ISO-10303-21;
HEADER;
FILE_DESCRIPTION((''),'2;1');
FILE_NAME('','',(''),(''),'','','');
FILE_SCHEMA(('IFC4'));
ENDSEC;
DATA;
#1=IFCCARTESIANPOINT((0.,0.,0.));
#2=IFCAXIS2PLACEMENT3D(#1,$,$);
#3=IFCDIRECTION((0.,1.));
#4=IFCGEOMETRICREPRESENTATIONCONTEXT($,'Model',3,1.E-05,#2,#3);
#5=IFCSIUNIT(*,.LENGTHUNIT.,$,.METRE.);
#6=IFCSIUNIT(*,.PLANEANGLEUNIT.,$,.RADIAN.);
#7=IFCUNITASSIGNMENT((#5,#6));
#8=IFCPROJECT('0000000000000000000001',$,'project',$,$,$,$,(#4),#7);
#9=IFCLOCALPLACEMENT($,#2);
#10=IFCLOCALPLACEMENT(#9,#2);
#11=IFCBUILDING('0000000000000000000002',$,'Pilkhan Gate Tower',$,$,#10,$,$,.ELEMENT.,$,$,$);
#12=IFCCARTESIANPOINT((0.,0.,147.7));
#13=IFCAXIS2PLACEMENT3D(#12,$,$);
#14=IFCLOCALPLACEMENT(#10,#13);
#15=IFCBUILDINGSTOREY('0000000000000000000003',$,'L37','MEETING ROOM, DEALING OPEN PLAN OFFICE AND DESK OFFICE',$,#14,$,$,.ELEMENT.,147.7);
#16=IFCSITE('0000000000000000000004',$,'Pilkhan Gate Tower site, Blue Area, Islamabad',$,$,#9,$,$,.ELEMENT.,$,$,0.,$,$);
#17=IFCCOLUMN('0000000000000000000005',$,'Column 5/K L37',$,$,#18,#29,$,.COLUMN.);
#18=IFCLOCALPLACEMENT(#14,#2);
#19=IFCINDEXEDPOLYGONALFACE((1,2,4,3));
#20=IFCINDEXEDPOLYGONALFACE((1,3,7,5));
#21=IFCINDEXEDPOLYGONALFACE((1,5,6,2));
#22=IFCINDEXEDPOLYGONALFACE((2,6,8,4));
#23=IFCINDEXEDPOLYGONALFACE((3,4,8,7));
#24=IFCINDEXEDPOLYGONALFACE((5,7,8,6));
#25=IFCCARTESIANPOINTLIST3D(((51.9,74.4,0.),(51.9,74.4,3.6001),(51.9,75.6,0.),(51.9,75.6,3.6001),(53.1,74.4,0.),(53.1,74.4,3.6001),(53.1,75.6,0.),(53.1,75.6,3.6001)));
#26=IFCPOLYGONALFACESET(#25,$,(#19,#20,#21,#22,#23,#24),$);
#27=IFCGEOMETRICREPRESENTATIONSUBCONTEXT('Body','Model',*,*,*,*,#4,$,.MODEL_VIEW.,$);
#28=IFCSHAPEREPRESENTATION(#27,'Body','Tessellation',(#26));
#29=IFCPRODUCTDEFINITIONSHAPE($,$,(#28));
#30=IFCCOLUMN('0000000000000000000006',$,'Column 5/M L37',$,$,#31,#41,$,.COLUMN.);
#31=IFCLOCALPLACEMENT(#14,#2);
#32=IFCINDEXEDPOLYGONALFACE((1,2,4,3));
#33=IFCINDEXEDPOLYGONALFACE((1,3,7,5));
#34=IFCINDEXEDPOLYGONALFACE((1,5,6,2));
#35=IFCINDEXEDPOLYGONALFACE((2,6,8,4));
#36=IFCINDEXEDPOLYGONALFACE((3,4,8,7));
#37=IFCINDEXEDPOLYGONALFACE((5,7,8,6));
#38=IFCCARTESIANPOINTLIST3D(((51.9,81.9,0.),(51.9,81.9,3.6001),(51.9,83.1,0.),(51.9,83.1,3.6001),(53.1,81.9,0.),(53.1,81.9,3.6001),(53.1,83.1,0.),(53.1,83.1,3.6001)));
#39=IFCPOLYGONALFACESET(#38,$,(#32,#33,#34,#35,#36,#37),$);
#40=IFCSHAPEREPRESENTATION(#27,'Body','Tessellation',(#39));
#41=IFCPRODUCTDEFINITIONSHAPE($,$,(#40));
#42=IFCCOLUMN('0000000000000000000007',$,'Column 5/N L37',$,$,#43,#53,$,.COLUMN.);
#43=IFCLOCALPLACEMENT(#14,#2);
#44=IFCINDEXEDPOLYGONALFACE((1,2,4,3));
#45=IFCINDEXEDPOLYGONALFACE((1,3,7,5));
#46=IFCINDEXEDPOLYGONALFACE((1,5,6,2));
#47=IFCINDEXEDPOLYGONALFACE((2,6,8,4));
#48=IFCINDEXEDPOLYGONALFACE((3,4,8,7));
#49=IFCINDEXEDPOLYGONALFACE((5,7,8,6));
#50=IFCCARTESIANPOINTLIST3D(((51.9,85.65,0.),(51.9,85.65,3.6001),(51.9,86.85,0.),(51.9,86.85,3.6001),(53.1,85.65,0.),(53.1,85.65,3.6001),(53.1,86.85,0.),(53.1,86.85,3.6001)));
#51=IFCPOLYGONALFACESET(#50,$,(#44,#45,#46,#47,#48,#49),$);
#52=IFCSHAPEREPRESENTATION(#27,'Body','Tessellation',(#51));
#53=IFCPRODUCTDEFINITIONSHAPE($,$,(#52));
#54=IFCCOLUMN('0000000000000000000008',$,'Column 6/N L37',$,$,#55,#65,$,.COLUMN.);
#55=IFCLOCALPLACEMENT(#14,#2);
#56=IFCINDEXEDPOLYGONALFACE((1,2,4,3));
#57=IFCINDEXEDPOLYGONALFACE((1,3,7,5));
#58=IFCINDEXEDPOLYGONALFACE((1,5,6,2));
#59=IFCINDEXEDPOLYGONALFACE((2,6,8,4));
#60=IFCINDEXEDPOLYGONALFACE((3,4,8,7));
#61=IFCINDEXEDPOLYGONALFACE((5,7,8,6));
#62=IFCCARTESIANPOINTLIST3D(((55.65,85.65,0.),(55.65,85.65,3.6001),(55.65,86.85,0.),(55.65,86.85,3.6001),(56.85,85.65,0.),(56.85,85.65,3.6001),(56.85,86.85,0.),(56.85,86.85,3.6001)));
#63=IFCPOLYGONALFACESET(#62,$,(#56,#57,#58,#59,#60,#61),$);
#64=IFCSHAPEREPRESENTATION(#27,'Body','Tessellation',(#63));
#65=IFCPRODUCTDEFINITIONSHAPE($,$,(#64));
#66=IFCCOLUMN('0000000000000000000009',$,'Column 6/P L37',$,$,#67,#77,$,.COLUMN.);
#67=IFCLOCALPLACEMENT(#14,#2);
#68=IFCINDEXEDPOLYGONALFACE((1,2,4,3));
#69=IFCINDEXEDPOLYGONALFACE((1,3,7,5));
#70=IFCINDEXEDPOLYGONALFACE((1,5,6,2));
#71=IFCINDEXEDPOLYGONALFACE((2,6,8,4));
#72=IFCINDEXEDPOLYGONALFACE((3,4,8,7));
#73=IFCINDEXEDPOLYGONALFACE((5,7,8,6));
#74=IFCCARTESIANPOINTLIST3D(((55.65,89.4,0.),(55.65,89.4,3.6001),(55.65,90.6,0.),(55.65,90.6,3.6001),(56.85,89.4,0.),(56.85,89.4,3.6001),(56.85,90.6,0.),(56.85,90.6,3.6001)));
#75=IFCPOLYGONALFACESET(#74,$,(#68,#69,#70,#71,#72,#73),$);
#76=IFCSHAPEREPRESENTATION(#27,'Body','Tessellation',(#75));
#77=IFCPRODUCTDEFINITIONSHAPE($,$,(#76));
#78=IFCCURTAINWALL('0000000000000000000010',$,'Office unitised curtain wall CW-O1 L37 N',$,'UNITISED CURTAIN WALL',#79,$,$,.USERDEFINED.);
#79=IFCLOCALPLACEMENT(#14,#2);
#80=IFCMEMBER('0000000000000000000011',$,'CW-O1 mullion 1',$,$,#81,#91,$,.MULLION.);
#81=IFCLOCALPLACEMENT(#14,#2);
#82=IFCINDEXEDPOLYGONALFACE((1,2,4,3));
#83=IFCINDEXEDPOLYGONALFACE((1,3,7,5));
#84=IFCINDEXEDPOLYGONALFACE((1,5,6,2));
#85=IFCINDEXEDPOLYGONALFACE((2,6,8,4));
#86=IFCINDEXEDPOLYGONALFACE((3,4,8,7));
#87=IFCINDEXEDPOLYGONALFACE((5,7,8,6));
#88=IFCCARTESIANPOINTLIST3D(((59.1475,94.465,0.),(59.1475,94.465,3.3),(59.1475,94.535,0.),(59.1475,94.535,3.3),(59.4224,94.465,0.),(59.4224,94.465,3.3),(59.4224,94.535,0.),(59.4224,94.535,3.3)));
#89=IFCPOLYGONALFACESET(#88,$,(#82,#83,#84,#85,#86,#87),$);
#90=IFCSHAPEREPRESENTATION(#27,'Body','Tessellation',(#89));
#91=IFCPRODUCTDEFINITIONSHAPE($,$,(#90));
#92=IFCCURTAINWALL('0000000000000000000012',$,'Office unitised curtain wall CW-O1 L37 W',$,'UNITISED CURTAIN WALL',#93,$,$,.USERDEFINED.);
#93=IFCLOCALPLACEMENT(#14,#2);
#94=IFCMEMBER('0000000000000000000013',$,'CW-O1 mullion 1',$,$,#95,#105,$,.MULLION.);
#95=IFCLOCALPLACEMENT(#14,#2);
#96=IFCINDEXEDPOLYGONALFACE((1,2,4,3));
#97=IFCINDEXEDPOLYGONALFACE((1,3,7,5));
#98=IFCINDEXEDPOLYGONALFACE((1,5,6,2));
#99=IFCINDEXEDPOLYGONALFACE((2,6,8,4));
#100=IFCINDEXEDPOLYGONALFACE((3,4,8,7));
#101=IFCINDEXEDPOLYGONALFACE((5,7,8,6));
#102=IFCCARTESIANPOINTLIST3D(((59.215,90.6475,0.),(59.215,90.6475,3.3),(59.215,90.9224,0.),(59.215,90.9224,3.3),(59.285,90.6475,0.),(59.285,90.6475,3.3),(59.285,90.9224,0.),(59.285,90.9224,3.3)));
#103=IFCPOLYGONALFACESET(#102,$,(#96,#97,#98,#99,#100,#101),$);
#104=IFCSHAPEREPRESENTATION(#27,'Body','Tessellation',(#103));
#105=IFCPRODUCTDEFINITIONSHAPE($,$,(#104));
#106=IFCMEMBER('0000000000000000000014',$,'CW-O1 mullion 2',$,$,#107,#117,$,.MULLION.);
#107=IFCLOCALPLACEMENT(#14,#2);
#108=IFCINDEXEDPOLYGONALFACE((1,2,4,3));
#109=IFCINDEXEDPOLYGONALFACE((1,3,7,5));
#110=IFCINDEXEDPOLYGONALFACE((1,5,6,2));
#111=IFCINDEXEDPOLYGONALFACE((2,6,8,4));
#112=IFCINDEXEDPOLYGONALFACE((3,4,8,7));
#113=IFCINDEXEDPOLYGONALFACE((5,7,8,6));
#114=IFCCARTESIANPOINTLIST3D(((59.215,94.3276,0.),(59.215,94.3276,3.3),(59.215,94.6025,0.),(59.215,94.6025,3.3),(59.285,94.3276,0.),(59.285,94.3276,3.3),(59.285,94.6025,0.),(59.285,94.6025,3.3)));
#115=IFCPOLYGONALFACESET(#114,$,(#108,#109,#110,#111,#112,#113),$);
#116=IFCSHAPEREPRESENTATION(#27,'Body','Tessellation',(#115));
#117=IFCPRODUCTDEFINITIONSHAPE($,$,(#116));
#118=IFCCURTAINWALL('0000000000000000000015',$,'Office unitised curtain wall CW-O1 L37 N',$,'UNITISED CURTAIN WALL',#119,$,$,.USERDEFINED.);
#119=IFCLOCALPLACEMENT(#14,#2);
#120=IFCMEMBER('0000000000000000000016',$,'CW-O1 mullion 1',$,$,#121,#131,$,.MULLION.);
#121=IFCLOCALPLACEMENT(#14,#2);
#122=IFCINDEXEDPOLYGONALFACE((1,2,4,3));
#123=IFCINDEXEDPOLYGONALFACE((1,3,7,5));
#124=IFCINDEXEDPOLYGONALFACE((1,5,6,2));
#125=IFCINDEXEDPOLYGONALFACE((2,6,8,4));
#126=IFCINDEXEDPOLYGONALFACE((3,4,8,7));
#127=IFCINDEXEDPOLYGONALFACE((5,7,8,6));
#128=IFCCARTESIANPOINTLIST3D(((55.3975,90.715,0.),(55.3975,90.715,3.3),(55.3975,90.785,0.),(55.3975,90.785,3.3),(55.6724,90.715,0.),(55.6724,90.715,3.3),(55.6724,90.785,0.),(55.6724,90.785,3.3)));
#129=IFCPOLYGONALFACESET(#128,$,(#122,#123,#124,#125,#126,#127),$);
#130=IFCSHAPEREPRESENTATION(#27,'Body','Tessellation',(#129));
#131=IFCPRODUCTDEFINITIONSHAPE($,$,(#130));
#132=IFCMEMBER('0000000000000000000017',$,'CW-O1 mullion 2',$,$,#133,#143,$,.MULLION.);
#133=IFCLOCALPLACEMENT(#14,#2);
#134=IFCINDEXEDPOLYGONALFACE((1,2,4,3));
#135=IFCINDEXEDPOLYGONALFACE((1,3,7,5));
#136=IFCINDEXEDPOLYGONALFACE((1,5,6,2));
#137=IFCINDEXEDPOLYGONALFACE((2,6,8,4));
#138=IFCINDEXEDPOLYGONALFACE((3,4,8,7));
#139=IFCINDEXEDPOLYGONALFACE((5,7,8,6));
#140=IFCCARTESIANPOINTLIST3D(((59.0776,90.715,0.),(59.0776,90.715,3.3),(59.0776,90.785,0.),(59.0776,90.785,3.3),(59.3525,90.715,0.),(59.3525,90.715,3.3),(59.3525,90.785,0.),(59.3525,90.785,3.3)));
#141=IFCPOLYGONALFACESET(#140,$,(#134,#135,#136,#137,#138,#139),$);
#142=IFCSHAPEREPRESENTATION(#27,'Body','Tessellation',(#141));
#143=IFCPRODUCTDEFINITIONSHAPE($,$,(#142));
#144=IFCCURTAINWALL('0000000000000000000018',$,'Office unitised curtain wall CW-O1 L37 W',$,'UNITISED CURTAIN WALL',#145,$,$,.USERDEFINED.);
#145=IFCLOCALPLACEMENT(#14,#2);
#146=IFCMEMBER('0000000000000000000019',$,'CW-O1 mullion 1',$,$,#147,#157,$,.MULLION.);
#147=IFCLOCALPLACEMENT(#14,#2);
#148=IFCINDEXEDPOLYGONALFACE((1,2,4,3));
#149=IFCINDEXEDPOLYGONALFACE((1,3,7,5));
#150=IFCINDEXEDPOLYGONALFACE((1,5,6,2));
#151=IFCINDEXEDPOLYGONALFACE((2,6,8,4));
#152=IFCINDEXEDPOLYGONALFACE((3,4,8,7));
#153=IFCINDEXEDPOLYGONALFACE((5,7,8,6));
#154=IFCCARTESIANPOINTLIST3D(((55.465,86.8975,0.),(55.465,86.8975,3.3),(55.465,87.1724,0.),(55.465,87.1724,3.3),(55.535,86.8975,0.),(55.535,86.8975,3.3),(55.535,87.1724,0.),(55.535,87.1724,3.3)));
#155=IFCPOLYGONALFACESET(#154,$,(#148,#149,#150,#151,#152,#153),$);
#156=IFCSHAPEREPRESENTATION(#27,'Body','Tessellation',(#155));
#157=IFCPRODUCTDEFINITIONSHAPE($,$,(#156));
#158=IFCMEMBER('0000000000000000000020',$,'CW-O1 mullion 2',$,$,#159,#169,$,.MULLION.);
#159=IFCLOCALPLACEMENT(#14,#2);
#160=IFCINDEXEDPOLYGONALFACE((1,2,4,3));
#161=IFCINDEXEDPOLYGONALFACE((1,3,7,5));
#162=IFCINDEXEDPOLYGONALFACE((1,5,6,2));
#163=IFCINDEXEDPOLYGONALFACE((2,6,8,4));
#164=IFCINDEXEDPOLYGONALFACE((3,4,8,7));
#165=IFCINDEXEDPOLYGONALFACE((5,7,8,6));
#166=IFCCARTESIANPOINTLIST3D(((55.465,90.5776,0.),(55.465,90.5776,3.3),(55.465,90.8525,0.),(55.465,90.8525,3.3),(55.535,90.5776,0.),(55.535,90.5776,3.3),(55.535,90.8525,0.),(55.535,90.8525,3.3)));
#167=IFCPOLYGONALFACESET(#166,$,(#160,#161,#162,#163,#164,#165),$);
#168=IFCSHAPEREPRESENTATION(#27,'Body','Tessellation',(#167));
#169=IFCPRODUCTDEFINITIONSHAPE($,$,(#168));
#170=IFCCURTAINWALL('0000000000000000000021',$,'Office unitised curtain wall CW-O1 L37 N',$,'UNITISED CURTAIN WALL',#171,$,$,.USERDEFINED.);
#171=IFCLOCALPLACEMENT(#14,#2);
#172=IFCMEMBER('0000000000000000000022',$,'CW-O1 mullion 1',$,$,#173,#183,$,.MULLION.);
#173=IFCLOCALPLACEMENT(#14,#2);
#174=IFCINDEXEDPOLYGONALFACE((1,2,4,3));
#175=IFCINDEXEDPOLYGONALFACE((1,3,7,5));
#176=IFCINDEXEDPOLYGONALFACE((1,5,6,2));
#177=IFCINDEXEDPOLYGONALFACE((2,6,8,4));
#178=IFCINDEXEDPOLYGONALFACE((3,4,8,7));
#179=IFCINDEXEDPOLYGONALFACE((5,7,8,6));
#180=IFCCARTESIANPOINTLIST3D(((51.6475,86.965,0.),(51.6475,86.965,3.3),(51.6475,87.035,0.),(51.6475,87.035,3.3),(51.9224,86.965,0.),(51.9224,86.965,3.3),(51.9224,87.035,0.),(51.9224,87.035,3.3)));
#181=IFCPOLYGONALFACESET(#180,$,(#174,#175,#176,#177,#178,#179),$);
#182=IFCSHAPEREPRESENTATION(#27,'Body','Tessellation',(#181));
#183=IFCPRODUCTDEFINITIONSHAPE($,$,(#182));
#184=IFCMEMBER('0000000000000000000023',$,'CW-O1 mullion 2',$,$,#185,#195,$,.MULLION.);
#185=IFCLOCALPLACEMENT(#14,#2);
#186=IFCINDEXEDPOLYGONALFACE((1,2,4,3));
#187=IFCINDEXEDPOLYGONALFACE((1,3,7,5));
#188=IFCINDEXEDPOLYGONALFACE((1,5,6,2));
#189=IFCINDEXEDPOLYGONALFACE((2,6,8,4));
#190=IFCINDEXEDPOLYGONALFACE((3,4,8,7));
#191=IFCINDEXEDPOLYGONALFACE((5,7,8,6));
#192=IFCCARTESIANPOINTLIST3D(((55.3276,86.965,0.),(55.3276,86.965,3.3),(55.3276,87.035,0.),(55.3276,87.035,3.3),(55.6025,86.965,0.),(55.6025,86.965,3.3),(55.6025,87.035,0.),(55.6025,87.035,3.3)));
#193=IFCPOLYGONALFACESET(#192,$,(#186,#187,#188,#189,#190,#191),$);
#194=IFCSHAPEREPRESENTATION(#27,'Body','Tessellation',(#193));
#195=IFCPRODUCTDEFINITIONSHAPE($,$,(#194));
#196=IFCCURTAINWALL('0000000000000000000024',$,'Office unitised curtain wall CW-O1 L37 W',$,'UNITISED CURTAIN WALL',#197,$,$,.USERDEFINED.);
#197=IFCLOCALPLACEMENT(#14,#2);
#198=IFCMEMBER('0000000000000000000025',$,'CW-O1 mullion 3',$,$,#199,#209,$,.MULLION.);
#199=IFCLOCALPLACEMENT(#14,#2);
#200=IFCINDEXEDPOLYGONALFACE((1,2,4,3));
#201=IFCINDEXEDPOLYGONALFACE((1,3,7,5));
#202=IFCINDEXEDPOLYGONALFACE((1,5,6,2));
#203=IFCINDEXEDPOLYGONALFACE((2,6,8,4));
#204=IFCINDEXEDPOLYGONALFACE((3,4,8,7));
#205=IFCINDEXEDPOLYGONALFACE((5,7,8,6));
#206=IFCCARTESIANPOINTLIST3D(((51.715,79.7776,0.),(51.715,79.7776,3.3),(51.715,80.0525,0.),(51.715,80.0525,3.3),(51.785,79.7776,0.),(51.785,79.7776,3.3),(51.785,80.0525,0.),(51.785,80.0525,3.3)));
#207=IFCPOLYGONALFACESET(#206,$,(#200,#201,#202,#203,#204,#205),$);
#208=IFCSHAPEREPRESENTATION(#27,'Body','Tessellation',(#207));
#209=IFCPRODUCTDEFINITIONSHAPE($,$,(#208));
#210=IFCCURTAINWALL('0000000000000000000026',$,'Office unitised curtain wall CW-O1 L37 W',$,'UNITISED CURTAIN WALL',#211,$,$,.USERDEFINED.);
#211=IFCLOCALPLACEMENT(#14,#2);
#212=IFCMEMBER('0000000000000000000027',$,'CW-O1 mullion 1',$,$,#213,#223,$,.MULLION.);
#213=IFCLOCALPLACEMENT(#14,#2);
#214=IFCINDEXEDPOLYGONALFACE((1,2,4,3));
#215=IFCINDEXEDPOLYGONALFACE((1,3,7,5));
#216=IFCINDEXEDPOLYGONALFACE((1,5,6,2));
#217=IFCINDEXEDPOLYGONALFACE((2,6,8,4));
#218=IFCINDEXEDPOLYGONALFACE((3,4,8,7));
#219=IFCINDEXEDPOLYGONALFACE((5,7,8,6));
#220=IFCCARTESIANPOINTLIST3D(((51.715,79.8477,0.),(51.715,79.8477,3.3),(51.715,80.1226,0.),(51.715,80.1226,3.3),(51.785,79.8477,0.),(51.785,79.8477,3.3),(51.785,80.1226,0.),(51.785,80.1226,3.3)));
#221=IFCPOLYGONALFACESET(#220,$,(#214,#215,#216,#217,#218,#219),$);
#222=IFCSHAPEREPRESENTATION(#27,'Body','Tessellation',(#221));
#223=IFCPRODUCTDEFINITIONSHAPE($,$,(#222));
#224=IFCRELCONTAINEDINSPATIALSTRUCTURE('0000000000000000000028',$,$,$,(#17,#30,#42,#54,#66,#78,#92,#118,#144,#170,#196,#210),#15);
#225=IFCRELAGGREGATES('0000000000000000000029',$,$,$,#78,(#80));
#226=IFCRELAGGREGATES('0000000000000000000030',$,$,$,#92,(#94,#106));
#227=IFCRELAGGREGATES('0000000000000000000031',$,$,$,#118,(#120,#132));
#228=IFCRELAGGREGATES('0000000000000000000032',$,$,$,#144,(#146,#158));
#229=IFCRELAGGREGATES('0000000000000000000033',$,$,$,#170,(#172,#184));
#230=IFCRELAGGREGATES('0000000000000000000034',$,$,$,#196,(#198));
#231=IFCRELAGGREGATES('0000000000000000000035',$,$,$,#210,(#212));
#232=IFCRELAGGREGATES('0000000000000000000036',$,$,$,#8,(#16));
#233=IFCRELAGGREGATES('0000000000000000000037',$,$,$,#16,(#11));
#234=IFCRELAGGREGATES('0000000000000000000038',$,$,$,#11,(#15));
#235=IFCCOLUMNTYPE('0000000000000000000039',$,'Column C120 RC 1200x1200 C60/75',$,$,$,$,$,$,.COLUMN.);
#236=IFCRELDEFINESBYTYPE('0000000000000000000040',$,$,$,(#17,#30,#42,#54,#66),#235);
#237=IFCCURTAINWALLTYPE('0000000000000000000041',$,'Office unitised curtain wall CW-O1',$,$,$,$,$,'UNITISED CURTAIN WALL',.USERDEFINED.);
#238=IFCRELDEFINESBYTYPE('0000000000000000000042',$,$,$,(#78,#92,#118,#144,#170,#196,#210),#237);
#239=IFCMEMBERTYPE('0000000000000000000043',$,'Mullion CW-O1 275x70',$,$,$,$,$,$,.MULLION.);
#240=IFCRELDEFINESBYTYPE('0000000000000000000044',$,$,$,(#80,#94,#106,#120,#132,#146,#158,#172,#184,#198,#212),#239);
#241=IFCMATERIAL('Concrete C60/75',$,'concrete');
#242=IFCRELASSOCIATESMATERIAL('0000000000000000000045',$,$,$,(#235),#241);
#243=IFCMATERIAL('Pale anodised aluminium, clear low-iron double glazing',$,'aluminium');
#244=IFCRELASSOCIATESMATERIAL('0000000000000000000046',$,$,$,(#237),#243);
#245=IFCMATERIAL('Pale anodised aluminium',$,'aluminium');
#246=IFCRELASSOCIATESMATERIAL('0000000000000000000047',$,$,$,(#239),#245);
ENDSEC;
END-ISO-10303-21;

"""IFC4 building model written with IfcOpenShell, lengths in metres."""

from ifc_helpers import new_model, si_unit, direction, frame, origin, origin_2d, place, context, subcontext, project, spatial, rectangle, extrude, material, material_profile, profile_set, type_object, element, aggregate, save


model = new_model("IFC4")

# Units and contexts
model_context = context("Model", 3, precision=1e-05, world=origin(), true_north=direction((0.0, 1.0)))
body_context = subcontext(model_context, "Body", "Model", "MODEL_VIEW")
ifc_project = project(units=[si_unit("LENGTHUNIT", "METRE"), si_unit("PLANEANGLEUNIT", "RADIAN")], contexts=[model_context])

# Site, building, storey
site_placement = place(None, origin())
site = spatial("IfcSite", under=ifc_project, at=site_placement, Name="Pilkhan Gate Tower site, Blue Area, Islamabad", CompositionType="ELEMENT", RefElevation=0.0)
building_placement = place(site_placement, origin())
building = spatial("IfcBuilding", under=site, at=building_placement, Name="Pilkhan Gate Tower", CompositionType="ELEMENT")
storey_placement = place(building_placement, frame((0.0, 0.0, 147.7)))
storey = spatial("IfcBuildingStorey", under=building, at=storey_placement, Name="L37", Description="MEETING ROOM, DEALING OPEN PLAN OFFICE AND DESK OFFICE", CompositionType="ELEMENT", Elevation=147.7)

# Columns
ifc_material_1 = material(Name="Concrete C60/75", Category="concrete")
ifc_material_profile_1 = material_profile(ifc_material_1, rectangle(XDim=1.2, YDim=1.2, at=origin_2d()), Name="RC 1200x1200")
ifc_profile_set_1 = profile_set([ifc_material_profile_1], Name="Concrete C60/75")
column_type = type_object("IfcColumnType", Name="Column C120 RC 1200x1200 C60/75", PredefinedType="COLUMN", material=ifc_profile_set_1)
for number, where, z_axis, x_axis, name in (
    (1, (52.5, 75.0, 0.0), (0.0, 0.0, 1.0), (1.0, 0.0, 0.0), "Column 5/K L37"),
    (2, (52.5, 82.5, 0.0), (0.0, 0.0, 1.0), (1.0, 0.0, 0.0), "Column 5/M L37"),
    (3, (52.5, 86.25, 0.0), (0.0, 0.0, 1.0), (1.0, 0.0, 0.0), "Column 5/N L37"),
    (4, (56.25, 86.25, 0.0), (0.0, 0.0, 1.0), (1.0, 0.0, 0.0), "Column 6/N L37"),
    (5, (56.25, 90.0, 0.0), (0.0, 0.0, 1.0), (1.0, 0.0, 0.0), "Column 6/P L37"),
):
    element("IfcColumn", number, at=place(storey_placement, frame(where, z_axis=z_axis, x_axis=x_axis)), inside=storey, type_object=column_type, Name=name, PredefinedType="COLUMN", context=body_context, shape_type="SweptSolid", body=[
        extrude(rectangle(XDim=1.2, YDim=1.2, at=origin_2d()), origin(), (0.0, 0.0, 1.0), 3.6001),
    ])

# Curtain wall, member
ifc_material_2 = material(Name="Pale anodised aluminium, clear low-iron double glazing", Category="aluminium")
curtain_wall_type = type_object("IfcCurtainWallType", Name="Office unitised curtain wall CW-O1", ElementType="UNITISED CURTAIN WALL", PredefinedType="USERDEFINED", material=ifc_material_2)
curtain_wall_1_placement = place(storey_placement, origin())
curtain_wall_1 = element("IfcCurtainWall", 6, at=curtain_wall_1_placement, inside=storey, type_object=curtain_wall_type, Name="Office unitised curtain wall CW-O1 L37 N", ObjectType="UNITISED CURTAIN WALL", PredefinedType="USERDEFINED")
ifc_material_3 = material(Name="Pale anodised aluminium", Category="aluminium")
ifc_material_profile_2 = material_profile(ifc_material_3, rectangle(XDim=0.0701, YDim=0.2749, at=origin_2d()), Name="Mullion 275x70")
ifc_profile_set_2 = profile_set([ifc_material_profile_2], Name="Pale anodised aluminium")
member_type_1 = type_object("IfcMemberType", Name="Mullion CW-O1 275x70", PredefinedType="MULLION", material=ifc_profile_set_2)
member_1_placement = place(storey_placement, frame((59.2849, 94.5, 0.0), z_axis=(0.0, 0.0, 1.0), x_axis=(0.0, 1.0, 0.0)))
member_1 = element("IfcMember", 7, at=member_1_placement, type_object=member_type_1, Name="CW-O1 mullion 1", PredefinedType="MULLION", context=body_context, shape_type="SweptSolid", body=[
    extrude(rectangle(XDim=0.0701, YDim=0.2749, at=origin_2d()), origin(), (0.0, 0.0, 1.0), 3.3),
])

# Curtain walls, members
curtain_wall_2_placement = place(storey_placement, origin())
curtain_wall_2 = element("IfcCurtainWall", 8, at=curtain_wall_2_placement, inside=storey, type_object=curtain_wall_type, Name="Office unitised curtain wall CW-O1 L37 W", ObjectType="UNITISED CURTAIN WALL", PredefinedType="USERDEFINED")
member_2_placement = place(storey_placement, frame((59.25, 90.7849, 0.0), z_axis=(0.0, 0.0, 1.0), x_axis=(-1.0, 0.0, 0.0)))
member_2 = element("IfcMember", 9, at=member_2_placement, type_object=member_type_1, Name="CW-O1 mullion 1", PredefinedType="MULLION", context=body_context, shape_type="SweptSolid", body=[
    extrude(rectangle(XDim=0.0701, YDim=0.2749, at=origin_2d()), origin(), (0.0, 0.0, 1.0), 3.3),
])
member_3_placement = place(storey_placement, frame((59.25, 94.4651, 0.0), z_axis=(0.0, 0.0, 1.0), x_axis=(-1.0, 0.0, 0.0)))
member_3 = element("IfcMember", 10, at=member_3_placement, type_object=member_type_1, Name="CW-O1 mullion 2", PredefinedType="MULLION", context=body_context, shape_type="SweptSolid", body=[
    extrude(rectangle(XDim=0.0701, YDim=0.2749, at=origin_2d()), origin(), (0.0, 0.0, 1.0), 3.3),
])
curtain_wall_3_placement = place(storey_placement, origin())
curtain_wall_3 = element("IfcCurtainWall", 11, at=curtain_wall_3_placement, inside=storey, type_object=curtain_wall_type, Name="Office unitised curtain wall CW-O1 L37 N", ObjectType="UNITISED CURTAIN WALL", PredefinedType="USERDEFINED")
member_4_placement = place(storey_placement, frame((55.5349, 90.75, 0.0), z_axis=(0.0, 0.0, 1.0), x_axis=(0.0, 1.0, 0.0)))
member_4 = element("IfcMember", 12, at=member_4_placement, type_object=member_type_1, Name="CW-O1 mullion 1", PredefinedType="MULLION", context=body_context, shape_type="SweptSolid", body=[
    extrude(rectangle(XDim=0.0701, YDim=0.2749, at=origin_2d()), origin(), (0.0, 0.0, 1.0), 3.3),
])
member_5_placement = place(storey_placement, frame((59.2151, 90.75, 0.0), z_axis=(0.0, 0.0, 1.0), x_axis=(0.0, 1.0, 0.0)))
member_5 = element("IfcMember", 13, at=member_5_placement, type_object=member_type_1, Name="CW-O1 mullion 2", PredefinedType="MULLION", context=body_context, shape_type="SweptSolid", body=[
    extrude(rectangle(XDim=0.0701, YDim=0.2749, at=origin_2d()), origin(), (0.0, 0.0, 1.0), 3.3),
])
curtain_wall_4_placement = place(storey_placement, origin())
curtain_wall_4 = element("IfcCurtainWall", 14, at=curtain_wall_4_placement, inside=storey, type_object=curtain_wall_type, Name="Office unitised curtain wall CW-O1 L37 W", ObjectType="UNITISED CURTAIN WALL", PredefinedType="USERDEFINED")
member_6_placement = place(storey_placement, frame((55.5, 87.0349, 0.0), z_axis=(0.0, 0.0, 1.0), x_axis=(-1.0, 0.0, 0.0)))
member_6 = element("IfcMember", 15, at=member_6_placement, type_object=member_type_1, Name="CW-O1 mullion 1", PredefinedType="MULLION", context=body_context, shape_type="SweptSolid", body=[
    extrude(rectangle(XDim=0.0701, YDim=0.2749, at=origin_2d()), origin(), (0.0, 0.0, 1.0), 3.3),
])
member_7_placement = place(storey_placement, frame((55.5, 90.7151, 0.0), z_axis=(0.0, 0.0, 1.0), x_axis=(-1.0, 0.0, 0.0)))
member_7 = element("IfcMember", 16, at=member_7_placement, type_object=member_type_1, Name="CW-O1 mullion 2", PredefinedType="MULLION", context=body_context, shape_type="SweptSolid", body=[
    extrude(rectangle(XDim=0.0701, YDim=0.2749, at=origin_2d()), origin(), (0.0, 0.0, 1.0), 3.3),
])
curtain_wall_5_placement = place(storey_placement, origin())
curtain_wall_5 = element("IfcCurtainWall", 17, at=curtain_wall_5_placement, inside=storey, type_object=curtain_wall_type, Name="Office unitised curtain wall CW-O1 L37 N", ObjectType="UNITISED CURTAIN WALL", PredefinedType="USERDEFINED")
member_8_placement = place(storey_placement, frame((51.7849, 87.0, 0.0), z_axis=(0.0, 0.0, 1.0), x_axis=(0.0, 1.0, 0.0)))
member_8 = element("IfcMember", 18, at=member_8_placement, type_object=member_type_1, Name="CW-O1 mullion 1", PredefinedType="MULLION", context=body_context, shape_type="SweptSolid", body=[
    extrude(rectangle(XDim=0.0701, YDim=0.2749, at=origin_2d()), origin(), (0.0, 0.0, 1.0), 3.3),
])
member_9_placement = place(storey_placement, frame((55.4651, 87.0, 0.0), z_axis=(0.0, 0.0, 1.0), x_axis=(0.0, 1.0, 0.0)))
member_9 = element("IfcMember", 19, at=member_9_placement, type_object=member_type_1, Name="CW-O1 mullion 2", PredefinedType="MULLION", context=body_context, shape_type="SweptSolid", body=[
    extrude(rectangle(XDim=0.0701, YDim=0.2749, at=origin_2d()), origin(), (0.0, 0.0, 1.0), 3.3),
])

# Curtain wall, member
curtain_wall_6_placement = place(storey_placement, origin())
curtain_wall_6 = element("IfcCurtainWall", 20, at=curtain_wall_6_placement, inside=storey, type_object=curtain_wall_type, Name="Office unitised curtain wall CW-O1 L37 W", ObjectType="UNITISED CURTAIN WALL", PredefinedType="USERDEFINED")
member_10_placement = place(storey_placement, frame((51.75, 79.915, 0.0), z_axis=(0.0, 0.0, 1.0), x_axis=(-1.0, 0.0, 0.0)))
member_10 = element("IfcMember", 21, at=member_10_placement, type_object=member_type_1, Name="CW-O1 mullion 3", PredefinedType="MULLION", context=body_context, shape_type="SweptSolid", body=[
    extrude(rectangle(XDim=0.0701, YDim=0.2749, at=origin_2d()), origin(), (0.0, 0.0, 1.0), 3.3),
])

# Curtain wall, member
curtain_wall_7_placement = place(storey_placement, origin())
curtain_wall_7 = element("IfcCurtainWall", 22, at=curtain_wall_7_placement, inside=storey, type_object=curtain_wall_type, Name="Office unitised curtain wall CW-O1 L37 W", ObjectType="UNITISED CURTAIN WALL", PredefinedType="USERDEFINED")
member_11_placement = place(storey_placement, frame((51.75, 79.9851, 0.0), z_axis=(0.0, 0.0, 1.0), x_axis=(-1.0, 0.0, 0.0)))
member_11 = element("IfcMember", 23, at=member_11_placement, type_object=member_type_1, Name="CW-O1 mullion 1", PredefinedType="MULLION", context=body_context, shape_type="SweptSolid", body=[
    extrude(rectangle(XDim=0.0701, YDim=0.2749, at=origin_2d()), origin(), (0.0, 0.0, 1.0), 3.3),
])

aggregate(curtain_wall_1, [member_1])

aggregate(curtain_wall_2, [member_2, member_3])
aggregate(curtain_wall_3, [member_4, member_5])
aggregate(curtain_wall_4, [member_6, member_7])
aggregate(curtain_wall_5, [member_8, member_9])
aggregate(curtain_wall_6, [member_10])
aggregate(curtain_wall_7, [member_11])

save(model, "model.ifc")
